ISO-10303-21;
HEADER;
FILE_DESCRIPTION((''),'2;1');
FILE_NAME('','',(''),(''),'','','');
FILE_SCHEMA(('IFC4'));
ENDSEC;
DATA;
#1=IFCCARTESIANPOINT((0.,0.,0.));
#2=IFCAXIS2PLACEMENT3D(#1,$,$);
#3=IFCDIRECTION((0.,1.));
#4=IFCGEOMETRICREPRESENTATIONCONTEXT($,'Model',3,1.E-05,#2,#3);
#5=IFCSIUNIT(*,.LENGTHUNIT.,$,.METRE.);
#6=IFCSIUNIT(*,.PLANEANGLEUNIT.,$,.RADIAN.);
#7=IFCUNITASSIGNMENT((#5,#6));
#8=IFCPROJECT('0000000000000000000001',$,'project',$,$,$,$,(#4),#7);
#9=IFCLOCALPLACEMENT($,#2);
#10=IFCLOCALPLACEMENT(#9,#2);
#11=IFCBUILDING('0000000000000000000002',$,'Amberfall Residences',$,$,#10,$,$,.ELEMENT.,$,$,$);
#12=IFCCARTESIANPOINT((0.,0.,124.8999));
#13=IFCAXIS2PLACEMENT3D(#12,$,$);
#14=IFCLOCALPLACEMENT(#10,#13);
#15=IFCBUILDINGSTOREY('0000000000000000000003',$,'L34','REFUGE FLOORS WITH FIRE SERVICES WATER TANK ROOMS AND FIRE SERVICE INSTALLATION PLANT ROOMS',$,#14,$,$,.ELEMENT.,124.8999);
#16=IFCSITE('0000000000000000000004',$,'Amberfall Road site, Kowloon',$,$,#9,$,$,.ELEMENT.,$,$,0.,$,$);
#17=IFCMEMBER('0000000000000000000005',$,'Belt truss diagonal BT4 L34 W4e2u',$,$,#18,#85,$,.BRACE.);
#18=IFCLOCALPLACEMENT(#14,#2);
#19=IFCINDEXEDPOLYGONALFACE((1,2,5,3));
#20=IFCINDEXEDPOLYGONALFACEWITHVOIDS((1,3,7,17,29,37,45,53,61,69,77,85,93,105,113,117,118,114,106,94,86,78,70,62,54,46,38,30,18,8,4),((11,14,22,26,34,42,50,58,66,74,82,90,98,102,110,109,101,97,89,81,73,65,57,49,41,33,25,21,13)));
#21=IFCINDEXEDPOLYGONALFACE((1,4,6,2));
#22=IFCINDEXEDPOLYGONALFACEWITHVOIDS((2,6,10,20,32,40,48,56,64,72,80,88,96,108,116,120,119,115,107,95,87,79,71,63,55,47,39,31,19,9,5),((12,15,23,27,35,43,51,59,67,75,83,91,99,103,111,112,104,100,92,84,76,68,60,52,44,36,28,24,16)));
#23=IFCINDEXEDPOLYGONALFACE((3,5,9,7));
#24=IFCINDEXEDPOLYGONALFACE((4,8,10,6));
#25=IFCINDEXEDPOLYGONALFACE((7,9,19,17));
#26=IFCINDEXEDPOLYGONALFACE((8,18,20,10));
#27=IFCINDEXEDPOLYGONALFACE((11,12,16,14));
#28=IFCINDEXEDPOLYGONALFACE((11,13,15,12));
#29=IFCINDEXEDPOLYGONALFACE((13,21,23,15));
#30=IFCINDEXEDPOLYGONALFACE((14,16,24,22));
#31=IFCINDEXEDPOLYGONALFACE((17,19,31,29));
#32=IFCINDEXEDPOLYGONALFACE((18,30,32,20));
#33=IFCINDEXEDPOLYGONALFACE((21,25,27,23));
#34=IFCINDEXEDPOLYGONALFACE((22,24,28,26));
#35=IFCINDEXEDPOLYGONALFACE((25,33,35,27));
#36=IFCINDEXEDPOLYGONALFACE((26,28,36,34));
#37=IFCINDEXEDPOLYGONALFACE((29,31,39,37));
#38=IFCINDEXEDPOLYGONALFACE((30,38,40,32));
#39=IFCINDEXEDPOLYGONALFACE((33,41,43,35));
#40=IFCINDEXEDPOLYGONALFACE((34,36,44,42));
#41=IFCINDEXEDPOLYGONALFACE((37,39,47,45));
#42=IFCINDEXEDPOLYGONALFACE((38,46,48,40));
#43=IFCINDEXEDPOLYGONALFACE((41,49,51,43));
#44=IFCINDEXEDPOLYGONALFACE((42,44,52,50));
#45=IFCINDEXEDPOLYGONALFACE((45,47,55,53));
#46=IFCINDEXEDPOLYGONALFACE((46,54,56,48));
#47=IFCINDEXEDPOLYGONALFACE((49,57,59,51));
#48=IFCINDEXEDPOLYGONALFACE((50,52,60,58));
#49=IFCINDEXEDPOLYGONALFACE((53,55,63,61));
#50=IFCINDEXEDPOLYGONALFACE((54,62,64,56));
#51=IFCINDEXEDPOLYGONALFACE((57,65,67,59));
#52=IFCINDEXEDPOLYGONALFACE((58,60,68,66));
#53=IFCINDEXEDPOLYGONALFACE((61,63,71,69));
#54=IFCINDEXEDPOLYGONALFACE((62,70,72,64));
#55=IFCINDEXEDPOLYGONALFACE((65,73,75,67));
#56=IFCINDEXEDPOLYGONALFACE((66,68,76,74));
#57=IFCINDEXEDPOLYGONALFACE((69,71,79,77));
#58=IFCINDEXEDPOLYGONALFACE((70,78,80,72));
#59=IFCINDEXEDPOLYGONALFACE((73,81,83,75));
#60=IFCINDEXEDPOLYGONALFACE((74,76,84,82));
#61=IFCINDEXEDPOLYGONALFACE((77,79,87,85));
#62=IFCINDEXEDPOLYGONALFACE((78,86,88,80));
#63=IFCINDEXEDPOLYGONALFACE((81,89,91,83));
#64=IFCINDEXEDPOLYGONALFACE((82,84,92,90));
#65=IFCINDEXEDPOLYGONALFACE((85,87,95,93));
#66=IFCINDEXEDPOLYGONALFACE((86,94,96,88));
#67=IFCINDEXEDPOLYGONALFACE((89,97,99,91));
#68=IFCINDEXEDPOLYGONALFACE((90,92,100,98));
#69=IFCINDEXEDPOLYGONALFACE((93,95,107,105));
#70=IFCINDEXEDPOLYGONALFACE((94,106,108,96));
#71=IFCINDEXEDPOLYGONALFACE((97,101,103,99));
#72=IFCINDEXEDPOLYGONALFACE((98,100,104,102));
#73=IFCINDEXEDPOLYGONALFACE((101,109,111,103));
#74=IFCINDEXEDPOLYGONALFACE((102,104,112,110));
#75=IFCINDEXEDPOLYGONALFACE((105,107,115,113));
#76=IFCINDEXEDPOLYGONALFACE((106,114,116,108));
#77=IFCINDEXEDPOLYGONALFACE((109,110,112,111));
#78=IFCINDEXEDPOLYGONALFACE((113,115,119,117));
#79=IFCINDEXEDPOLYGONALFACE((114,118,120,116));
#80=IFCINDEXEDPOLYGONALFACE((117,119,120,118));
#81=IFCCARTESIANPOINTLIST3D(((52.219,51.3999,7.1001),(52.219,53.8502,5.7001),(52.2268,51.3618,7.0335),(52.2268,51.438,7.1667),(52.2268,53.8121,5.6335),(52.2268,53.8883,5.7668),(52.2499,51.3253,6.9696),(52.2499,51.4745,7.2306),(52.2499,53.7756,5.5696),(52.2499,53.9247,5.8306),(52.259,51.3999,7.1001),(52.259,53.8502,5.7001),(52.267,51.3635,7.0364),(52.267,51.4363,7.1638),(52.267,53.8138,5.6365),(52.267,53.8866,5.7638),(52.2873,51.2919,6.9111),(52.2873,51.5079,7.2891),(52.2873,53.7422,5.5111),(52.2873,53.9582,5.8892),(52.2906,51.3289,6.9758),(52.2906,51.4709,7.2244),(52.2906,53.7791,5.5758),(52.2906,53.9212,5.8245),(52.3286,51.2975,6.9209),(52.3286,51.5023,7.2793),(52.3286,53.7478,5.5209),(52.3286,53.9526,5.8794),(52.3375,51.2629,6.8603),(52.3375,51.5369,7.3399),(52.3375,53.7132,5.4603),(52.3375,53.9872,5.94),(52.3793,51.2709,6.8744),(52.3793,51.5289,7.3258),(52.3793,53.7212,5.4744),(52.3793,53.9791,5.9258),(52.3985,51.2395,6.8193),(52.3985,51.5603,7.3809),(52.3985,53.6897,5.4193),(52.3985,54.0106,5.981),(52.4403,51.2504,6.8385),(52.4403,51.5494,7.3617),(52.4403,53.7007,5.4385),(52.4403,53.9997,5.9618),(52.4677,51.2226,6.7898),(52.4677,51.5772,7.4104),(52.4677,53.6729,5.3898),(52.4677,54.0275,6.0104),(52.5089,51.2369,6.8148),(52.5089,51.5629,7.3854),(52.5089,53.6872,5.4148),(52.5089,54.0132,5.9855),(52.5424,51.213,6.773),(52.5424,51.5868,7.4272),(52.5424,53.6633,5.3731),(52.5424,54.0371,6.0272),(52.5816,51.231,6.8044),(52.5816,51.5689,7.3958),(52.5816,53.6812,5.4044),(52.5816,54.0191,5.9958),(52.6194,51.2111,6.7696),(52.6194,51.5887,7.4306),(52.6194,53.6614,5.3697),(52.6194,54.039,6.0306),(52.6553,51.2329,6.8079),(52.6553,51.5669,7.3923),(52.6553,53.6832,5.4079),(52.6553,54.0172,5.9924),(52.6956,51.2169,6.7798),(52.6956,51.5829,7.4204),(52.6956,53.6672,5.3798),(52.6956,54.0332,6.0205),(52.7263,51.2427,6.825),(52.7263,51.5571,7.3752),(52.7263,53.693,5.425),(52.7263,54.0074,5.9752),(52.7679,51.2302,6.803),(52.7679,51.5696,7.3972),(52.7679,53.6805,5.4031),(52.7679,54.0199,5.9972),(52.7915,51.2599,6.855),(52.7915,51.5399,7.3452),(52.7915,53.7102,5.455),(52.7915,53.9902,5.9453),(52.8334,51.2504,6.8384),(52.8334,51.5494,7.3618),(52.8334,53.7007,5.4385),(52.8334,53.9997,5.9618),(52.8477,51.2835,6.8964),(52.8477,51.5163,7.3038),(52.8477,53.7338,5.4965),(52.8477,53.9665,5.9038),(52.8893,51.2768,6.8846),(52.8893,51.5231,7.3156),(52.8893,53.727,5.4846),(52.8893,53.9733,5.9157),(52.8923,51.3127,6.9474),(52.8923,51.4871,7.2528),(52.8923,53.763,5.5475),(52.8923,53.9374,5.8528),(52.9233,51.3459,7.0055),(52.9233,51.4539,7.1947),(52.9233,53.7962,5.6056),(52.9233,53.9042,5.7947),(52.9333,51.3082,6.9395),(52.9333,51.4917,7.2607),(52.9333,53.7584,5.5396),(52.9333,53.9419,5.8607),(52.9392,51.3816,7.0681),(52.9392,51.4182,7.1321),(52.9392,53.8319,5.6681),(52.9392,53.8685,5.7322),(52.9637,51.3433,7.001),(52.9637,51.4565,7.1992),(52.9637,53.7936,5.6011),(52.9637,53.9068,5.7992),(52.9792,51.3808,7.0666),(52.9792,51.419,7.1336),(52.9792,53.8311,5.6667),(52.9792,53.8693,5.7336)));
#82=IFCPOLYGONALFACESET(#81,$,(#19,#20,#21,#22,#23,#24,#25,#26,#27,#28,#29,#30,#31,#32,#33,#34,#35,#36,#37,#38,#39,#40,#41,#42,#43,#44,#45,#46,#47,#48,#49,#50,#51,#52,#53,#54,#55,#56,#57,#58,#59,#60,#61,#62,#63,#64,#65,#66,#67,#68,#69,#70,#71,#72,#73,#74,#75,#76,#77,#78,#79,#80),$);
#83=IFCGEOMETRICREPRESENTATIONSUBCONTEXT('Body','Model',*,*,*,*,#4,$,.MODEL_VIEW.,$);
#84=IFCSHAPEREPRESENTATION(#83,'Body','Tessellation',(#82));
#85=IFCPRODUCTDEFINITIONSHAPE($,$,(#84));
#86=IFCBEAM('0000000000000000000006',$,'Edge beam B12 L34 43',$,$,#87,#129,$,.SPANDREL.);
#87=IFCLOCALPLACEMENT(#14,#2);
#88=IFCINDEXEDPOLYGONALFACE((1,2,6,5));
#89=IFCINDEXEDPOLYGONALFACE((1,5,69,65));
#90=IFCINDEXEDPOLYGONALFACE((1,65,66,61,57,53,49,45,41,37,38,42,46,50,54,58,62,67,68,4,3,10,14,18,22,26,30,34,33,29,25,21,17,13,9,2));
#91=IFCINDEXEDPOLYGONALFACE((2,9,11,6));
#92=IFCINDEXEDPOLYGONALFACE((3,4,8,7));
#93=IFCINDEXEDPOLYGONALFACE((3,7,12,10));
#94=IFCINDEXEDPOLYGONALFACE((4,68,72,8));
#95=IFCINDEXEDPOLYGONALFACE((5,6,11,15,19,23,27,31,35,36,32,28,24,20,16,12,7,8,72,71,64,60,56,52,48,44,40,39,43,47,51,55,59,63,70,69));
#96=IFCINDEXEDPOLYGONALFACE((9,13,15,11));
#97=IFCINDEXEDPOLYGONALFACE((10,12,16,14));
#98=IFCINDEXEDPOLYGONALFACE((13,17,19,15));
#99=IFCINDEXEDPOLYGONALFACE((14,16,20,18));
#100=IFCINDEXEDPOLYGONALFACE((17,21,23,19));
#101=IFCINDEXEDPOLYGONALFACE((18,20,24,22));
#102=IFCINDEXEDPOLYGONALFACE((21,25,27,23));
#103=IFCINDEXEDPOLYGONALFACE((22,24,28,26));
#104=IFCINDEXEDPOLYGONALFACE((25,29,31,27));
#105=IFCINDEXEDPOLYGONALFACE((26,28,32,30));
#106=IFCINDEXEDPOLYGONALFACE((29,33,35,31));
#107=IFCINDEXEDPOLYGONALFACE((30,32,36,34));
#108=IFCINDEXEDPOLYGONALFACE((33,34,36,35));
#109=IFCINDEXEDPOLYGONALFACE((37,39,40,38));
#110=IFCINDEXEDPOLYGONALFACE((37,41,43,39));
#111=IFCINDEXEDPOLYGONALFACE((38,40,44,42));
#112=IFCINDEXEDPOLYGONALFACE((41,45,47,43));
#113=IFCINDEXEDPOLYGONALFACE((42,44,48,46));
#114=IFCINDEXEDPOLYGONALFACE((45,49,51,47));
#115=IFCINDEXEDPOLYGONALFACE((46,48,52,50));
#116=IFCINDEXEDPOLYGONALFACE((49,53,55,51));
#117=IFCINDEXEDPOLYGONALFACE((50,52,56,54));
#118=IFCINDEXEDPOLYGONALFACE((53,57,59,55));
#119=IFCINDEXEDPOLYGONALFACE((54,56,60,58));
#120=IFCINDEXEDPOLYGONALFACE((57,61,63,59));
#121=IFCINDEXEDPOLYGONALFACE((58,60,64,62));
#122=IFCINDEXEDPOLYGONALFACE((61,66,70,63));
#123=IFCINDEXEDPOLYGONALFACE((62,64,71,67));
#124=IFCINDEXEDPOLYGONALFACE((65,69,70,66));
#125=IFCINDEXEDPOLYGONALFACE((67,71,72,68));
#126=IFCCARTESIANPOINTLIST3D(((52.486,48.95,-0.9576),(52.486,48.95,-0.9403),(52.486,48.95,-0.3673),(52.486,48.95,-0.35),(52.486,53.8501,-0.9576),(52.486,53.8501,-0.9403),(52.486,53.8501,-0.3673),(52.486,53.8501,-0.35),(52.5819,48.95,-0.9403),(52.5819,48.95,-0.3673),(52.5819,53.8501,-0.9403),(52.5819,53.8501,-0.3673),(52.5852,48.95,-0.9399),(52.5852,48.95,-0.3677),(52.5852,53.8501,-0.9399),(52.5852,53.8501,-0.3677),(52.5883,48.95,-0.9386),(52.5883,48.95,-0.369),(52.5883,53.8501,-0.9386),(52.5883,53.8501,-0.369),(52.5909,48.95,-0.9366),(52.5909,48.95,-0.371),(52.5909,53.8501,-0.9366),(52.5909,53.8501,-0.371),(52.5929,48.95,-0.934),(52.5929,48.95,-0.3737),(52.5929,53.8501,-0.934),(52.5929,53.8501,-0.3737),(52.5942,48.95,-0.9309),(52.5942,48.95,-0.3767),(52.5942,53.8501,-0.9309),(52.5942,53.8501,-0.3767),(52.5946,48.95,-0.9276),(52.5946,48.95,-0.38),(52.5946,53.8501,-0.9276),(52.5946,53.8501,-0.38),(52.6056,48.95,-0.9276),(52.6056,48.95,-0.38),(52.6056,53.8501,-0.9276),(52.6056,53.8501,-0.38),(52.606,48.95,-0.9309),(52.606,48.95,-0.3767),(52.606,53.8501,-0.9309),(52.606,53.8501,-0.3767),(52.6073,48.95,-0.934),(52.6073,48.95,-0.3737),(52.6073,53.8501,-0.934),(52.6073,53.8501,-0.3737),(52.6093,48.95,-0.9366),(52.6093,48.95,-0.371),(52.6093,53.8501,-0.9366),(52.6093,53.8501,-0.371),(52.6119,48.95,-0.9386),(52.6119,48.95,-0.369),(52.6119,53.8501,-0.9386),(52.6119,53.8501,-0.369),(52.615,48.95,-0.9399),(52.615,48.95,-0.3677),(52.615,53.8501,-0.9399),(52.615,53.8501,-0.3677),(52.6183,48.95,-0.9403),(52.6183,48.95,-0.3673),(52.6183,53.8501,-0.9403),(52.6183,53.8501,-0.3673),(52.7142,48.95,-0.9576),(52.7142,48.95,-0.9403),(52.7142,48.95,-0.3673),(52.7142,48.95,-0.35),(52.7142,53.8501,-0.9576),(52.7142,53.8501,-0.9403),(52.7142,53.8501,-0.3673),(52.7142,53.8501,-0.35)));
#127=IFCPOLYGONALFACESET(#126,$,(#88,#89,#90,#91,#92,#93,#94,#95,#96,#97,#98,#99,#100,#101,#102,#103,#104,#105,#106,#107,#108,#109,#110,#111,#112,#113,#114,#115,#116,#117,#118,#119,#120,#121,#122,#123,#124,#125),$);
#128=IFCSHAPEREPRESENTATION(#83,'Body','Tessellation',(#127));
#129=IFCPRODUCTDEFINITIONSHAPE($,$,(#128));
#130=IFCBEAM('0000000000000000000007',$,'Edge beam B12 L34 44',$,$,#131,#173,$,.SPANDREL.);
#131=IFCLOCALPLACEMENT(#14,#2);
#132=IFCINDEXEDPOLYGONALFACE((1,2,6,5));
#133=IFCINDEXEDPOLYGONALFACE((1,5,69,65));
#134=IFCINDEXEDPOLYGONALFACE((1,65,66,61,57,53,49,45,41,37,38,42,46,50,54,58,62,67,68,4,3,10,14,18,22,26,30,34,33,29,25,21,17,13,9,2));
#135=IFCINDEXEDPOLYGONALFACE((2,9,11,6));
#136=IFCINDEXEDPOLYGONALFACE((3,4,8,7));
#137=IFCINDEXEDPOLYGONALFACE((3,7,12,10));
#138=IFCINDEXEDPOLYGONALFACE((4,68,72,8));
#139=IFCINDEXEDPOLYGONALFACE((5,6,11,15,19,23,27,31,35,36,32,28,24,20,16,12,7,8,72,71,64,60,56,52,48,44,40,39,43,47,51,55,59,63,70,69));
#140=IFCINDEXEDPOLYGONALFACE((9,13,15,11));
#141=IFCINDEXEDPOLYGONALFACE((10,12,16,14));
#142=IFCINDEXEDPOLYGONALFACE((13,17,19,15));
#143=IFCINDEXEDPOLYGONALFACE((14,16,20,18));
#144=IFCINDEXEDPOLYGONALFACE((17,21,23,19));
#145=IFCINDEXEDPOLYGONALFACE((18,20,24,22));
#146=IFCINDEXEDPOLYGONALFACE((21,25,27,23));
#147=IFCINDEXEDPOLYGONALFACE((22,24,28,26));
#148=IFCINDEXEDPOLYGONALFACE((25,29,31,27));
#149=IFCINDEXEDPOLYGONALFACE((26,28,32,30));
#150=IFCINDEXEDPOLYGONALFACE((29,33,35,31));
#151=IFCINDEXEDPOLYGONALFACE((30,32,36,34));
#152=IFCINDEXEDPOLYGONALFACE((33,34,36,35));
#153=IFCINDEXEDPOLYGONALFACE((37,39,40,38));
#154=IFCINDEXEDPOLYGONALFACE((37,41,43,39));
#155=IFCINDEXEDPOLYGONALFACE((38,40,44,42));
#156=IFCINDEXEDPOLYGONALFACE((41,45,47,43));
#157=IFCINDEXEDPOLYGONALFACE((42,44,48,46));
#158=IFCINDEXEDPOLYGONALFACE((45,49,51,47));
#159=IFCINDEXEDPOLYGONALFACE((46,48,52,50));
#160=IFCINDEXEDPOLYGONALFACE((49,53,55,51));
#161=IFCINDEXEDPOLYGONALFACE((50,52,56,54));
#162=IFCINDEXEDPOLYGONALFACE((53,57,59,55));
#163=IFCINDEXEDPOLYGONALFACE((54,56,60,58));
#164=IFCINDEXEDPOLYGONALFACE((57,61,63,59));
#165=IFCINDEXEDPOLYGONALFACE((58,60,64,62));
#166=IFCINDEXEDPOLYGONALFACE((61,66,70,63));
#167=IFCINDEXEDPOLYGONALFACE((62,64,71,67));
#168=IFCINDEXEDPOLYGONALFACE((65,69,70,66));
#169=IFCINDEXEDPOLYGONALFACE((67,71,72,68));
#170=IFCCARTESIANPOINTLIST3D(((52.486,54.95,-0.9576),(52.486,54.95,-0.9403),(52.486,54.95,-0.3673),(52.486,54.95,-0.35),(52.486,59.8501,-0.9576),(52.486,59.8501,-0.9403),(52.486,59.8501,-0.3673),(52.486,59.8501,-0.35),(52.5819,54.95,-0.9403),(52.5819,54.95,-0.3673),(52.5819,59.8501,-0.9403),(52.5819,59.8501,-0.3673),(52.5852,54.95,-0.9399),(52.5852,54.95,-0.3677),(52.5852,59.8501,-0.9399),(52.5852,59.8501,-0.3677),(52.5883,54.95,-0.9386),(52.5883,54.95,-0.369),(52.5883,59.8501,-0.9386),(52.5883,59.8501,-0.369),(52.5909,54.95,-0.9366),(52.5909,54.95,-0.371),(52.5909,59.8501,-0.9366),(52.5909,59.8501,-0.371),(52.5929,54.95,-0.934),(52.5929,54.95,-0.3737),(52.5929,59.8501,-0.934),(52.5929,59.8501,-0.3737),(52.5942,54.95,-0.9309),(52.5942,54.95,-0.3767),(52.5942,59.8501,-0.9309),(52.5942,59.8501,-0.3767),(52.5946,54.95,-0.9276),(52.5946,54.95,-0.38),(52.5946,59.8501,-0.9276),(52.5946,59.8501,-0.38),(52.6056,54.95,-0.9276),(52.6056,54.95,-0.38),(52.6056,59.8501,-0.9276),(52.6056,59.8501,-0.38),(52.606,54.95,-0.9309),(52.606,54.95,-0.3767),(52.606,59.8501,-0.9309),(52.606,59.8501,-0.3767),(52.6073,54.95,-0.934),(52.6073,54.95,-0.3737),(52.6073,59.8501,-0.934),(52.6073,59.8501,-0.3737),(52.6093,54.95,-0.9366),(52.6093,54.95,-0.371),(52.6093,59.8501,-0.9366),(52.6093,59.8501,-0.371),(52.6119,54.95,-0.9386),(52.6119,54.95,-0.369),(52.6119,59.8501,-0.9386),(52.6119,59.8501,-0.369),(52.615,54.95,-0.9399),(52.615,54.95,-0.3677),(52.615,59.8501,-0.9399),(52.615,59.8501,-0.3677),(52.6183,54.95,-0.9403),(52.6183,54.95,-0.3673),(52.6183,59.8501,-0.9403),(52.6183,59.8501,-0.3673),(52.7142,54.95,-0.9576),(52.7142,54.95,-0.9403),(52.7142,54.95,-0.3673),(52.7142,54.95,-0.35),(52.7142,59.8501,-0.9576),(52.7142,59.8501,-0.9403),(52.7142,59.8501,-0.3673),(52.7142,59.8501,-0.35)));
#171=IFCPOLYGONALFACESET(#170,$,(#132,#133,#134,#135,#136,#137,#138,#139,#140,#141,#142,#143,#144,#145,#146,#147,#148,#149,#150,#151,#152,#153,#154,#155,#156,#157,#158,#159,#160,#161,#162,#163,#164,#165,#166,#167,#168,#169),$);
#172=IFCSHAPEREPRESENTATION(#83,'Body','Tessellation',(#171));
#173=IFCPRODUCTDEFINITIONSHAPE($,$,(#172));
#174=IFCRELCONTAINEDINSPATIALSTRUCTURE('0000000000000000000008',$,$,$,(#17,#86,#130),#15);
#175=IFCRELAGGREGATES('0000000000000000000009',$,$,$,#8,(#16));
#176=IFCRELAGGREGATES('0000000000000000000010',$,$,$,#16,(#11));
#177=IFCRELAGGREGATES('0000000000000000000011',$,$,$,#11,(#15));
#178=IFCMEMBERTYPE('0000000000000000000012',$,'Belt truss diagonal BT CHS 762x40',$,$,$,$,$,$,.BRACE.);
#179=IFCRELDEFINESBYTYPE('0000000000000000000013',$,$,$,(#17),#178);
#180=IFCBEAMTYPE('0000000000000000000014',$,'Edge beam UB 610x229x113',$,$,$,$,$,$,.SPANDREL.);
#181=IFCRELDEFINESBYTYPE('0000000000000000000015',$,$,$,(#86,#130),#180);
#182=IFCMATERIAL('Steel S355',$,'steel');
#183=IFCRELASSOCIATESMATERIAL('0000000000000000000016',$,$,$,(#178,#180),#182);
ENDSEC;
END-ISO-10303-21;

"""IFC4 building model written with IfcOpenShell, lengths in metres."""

from ifc_helpers import new_model, si_unit, direction, frame, origin, origin_2d, place, context, subcontext, project, spatial, hollow_circle, i_section, extrude, material, material_profile, profile_set, type_object, element, save


model = new_model("IFC4")

# Units and contexts
model_context = context("Model", 3, precision=1e-05, world=origin(), true_north=direction((0.0, 1.0)))
body_context = subcontext(model_context, "Body", "Model", "MODEL_VIEW")
ifc_project = project(units=[si_unit("LENGTHUNIT", "METRE"), si_unit("PLANEANGLEUNIT", "RADIAN")], contexts=[model_context])

# Site, building, storey
site_placement = place(None, origin())
site = spatial("IfcSite", under=ifc_project, at=site_placement, Name="Amberfall Road site, Kowloon", CompositionType="ELEMENT", RefElevation=0.0)
building_placement = place(site_placement, origin())
building = spatial("IfcBuilding", under=site, at=building_placement, Name="Amberfall Residences", CompositionType="ELEMENT")
storey_placement = place(building_placement, frame((0.0, 0.0, 124.8999)))
storey = spatial("IfcBuildingStorey", under=building, at=storey_placement, Name="L34", Description="REFUGE FLOORS WITH FIRE SERVICES WATER TANK ROOMS AND FIRE SERVICE INSTALLATION PLANT ROOMS", CompositionType="ELEMENT", Elevation=124.8999)

# Shared definitions
ifc_material_1 = material(Name="Steel S355", Category="steel")

# Member
ifc_material_profile_1 = material_profile(ifc_material_1, hollow_circle(Radius=0.3811, WallThickness=0.04, at=origin_2d()), Name="CHS 762x40")
ifc_profile_set_1 = profile_set([ifc_material_profile_1], Name="Steel S355")
member_type_1 = type_object("IfcMemberType", Name="Belt truss diagonal BT CHS 762x40", PredefinedType="BRACE", material=ifc_profile_set_1)
member_1_placement = place(storey_placement, frame((52.6001, 51.3999, 7.1001), z_axis=(0.0, 0.868275, -0.496083), x_axis=(-1.0, 0.0, 0.0)))
element("IfcMember", 1, at=member_1_placement, inside=storey, type_object=member_type_1, Name="Belt truss diagonal BT4 L34 W4e2u", PredefinedType="BRACE", context=body_context, shape_type="SweptSolid", body=[
    extrude(hollow_circle(Radius=0.3811, WallThickness=0.04, at=origin_2d()), origin(), (0.0, 0.0, 1.0), 2.822),
])

# Beams
ifc_material_profile_2 = material_profile(ifc_material_1, i_section(OverallWidth=0.2283, OverallDepth=0.6077, WebThickness=0.011, FlangeThickness=0.0173, FilletRadius=0.0127, at=origin_2d()), Name="UB 610x229x113")
ifc_profile_set_2 = profile_set([ifc_material_profile_2], Name="Steel S355")
beam_type_1 = type_object("IfcBeamType", Name="Edge beam UB 610x229x113", PredefinedType="SPANDREL", material=ifc_profile_set_2)
for number, where, z_axis, x_axis, name in (
    (2, (52.6001, 48.95, -0.6538), (0.0, 1.0, 0.0), (-1.0, 0.0, 0.0), "Edge beam B12 L34 43"),
    (3, (52.6001, 54.95, -0.6538), (0.0, 1.0, 0.0), (-1.0, 0.0, 0.0), "Edge beam B12 L34 44"),
):
    element("IfcBeam", number, at=place(storey_placement, frame(where, z_axis=z_axis, x_axis=x_axis)), inside=storey, type_object=beam_type_1, Name=name, PredefinedType="SPANDREL", context=body_context, shape_type="SweptSolid", body=[
        extrude(i_section(OverallWidth=0.2283, OverallDepth=0.6077, WebThickness=0.011, FlangeThickness=0.0173, FilletRadius=0.0127, at=origin_2d()), origin(), (0.0, 0.0, 1.0), 4.9001),
    ])

save(model, "model.ifc")
